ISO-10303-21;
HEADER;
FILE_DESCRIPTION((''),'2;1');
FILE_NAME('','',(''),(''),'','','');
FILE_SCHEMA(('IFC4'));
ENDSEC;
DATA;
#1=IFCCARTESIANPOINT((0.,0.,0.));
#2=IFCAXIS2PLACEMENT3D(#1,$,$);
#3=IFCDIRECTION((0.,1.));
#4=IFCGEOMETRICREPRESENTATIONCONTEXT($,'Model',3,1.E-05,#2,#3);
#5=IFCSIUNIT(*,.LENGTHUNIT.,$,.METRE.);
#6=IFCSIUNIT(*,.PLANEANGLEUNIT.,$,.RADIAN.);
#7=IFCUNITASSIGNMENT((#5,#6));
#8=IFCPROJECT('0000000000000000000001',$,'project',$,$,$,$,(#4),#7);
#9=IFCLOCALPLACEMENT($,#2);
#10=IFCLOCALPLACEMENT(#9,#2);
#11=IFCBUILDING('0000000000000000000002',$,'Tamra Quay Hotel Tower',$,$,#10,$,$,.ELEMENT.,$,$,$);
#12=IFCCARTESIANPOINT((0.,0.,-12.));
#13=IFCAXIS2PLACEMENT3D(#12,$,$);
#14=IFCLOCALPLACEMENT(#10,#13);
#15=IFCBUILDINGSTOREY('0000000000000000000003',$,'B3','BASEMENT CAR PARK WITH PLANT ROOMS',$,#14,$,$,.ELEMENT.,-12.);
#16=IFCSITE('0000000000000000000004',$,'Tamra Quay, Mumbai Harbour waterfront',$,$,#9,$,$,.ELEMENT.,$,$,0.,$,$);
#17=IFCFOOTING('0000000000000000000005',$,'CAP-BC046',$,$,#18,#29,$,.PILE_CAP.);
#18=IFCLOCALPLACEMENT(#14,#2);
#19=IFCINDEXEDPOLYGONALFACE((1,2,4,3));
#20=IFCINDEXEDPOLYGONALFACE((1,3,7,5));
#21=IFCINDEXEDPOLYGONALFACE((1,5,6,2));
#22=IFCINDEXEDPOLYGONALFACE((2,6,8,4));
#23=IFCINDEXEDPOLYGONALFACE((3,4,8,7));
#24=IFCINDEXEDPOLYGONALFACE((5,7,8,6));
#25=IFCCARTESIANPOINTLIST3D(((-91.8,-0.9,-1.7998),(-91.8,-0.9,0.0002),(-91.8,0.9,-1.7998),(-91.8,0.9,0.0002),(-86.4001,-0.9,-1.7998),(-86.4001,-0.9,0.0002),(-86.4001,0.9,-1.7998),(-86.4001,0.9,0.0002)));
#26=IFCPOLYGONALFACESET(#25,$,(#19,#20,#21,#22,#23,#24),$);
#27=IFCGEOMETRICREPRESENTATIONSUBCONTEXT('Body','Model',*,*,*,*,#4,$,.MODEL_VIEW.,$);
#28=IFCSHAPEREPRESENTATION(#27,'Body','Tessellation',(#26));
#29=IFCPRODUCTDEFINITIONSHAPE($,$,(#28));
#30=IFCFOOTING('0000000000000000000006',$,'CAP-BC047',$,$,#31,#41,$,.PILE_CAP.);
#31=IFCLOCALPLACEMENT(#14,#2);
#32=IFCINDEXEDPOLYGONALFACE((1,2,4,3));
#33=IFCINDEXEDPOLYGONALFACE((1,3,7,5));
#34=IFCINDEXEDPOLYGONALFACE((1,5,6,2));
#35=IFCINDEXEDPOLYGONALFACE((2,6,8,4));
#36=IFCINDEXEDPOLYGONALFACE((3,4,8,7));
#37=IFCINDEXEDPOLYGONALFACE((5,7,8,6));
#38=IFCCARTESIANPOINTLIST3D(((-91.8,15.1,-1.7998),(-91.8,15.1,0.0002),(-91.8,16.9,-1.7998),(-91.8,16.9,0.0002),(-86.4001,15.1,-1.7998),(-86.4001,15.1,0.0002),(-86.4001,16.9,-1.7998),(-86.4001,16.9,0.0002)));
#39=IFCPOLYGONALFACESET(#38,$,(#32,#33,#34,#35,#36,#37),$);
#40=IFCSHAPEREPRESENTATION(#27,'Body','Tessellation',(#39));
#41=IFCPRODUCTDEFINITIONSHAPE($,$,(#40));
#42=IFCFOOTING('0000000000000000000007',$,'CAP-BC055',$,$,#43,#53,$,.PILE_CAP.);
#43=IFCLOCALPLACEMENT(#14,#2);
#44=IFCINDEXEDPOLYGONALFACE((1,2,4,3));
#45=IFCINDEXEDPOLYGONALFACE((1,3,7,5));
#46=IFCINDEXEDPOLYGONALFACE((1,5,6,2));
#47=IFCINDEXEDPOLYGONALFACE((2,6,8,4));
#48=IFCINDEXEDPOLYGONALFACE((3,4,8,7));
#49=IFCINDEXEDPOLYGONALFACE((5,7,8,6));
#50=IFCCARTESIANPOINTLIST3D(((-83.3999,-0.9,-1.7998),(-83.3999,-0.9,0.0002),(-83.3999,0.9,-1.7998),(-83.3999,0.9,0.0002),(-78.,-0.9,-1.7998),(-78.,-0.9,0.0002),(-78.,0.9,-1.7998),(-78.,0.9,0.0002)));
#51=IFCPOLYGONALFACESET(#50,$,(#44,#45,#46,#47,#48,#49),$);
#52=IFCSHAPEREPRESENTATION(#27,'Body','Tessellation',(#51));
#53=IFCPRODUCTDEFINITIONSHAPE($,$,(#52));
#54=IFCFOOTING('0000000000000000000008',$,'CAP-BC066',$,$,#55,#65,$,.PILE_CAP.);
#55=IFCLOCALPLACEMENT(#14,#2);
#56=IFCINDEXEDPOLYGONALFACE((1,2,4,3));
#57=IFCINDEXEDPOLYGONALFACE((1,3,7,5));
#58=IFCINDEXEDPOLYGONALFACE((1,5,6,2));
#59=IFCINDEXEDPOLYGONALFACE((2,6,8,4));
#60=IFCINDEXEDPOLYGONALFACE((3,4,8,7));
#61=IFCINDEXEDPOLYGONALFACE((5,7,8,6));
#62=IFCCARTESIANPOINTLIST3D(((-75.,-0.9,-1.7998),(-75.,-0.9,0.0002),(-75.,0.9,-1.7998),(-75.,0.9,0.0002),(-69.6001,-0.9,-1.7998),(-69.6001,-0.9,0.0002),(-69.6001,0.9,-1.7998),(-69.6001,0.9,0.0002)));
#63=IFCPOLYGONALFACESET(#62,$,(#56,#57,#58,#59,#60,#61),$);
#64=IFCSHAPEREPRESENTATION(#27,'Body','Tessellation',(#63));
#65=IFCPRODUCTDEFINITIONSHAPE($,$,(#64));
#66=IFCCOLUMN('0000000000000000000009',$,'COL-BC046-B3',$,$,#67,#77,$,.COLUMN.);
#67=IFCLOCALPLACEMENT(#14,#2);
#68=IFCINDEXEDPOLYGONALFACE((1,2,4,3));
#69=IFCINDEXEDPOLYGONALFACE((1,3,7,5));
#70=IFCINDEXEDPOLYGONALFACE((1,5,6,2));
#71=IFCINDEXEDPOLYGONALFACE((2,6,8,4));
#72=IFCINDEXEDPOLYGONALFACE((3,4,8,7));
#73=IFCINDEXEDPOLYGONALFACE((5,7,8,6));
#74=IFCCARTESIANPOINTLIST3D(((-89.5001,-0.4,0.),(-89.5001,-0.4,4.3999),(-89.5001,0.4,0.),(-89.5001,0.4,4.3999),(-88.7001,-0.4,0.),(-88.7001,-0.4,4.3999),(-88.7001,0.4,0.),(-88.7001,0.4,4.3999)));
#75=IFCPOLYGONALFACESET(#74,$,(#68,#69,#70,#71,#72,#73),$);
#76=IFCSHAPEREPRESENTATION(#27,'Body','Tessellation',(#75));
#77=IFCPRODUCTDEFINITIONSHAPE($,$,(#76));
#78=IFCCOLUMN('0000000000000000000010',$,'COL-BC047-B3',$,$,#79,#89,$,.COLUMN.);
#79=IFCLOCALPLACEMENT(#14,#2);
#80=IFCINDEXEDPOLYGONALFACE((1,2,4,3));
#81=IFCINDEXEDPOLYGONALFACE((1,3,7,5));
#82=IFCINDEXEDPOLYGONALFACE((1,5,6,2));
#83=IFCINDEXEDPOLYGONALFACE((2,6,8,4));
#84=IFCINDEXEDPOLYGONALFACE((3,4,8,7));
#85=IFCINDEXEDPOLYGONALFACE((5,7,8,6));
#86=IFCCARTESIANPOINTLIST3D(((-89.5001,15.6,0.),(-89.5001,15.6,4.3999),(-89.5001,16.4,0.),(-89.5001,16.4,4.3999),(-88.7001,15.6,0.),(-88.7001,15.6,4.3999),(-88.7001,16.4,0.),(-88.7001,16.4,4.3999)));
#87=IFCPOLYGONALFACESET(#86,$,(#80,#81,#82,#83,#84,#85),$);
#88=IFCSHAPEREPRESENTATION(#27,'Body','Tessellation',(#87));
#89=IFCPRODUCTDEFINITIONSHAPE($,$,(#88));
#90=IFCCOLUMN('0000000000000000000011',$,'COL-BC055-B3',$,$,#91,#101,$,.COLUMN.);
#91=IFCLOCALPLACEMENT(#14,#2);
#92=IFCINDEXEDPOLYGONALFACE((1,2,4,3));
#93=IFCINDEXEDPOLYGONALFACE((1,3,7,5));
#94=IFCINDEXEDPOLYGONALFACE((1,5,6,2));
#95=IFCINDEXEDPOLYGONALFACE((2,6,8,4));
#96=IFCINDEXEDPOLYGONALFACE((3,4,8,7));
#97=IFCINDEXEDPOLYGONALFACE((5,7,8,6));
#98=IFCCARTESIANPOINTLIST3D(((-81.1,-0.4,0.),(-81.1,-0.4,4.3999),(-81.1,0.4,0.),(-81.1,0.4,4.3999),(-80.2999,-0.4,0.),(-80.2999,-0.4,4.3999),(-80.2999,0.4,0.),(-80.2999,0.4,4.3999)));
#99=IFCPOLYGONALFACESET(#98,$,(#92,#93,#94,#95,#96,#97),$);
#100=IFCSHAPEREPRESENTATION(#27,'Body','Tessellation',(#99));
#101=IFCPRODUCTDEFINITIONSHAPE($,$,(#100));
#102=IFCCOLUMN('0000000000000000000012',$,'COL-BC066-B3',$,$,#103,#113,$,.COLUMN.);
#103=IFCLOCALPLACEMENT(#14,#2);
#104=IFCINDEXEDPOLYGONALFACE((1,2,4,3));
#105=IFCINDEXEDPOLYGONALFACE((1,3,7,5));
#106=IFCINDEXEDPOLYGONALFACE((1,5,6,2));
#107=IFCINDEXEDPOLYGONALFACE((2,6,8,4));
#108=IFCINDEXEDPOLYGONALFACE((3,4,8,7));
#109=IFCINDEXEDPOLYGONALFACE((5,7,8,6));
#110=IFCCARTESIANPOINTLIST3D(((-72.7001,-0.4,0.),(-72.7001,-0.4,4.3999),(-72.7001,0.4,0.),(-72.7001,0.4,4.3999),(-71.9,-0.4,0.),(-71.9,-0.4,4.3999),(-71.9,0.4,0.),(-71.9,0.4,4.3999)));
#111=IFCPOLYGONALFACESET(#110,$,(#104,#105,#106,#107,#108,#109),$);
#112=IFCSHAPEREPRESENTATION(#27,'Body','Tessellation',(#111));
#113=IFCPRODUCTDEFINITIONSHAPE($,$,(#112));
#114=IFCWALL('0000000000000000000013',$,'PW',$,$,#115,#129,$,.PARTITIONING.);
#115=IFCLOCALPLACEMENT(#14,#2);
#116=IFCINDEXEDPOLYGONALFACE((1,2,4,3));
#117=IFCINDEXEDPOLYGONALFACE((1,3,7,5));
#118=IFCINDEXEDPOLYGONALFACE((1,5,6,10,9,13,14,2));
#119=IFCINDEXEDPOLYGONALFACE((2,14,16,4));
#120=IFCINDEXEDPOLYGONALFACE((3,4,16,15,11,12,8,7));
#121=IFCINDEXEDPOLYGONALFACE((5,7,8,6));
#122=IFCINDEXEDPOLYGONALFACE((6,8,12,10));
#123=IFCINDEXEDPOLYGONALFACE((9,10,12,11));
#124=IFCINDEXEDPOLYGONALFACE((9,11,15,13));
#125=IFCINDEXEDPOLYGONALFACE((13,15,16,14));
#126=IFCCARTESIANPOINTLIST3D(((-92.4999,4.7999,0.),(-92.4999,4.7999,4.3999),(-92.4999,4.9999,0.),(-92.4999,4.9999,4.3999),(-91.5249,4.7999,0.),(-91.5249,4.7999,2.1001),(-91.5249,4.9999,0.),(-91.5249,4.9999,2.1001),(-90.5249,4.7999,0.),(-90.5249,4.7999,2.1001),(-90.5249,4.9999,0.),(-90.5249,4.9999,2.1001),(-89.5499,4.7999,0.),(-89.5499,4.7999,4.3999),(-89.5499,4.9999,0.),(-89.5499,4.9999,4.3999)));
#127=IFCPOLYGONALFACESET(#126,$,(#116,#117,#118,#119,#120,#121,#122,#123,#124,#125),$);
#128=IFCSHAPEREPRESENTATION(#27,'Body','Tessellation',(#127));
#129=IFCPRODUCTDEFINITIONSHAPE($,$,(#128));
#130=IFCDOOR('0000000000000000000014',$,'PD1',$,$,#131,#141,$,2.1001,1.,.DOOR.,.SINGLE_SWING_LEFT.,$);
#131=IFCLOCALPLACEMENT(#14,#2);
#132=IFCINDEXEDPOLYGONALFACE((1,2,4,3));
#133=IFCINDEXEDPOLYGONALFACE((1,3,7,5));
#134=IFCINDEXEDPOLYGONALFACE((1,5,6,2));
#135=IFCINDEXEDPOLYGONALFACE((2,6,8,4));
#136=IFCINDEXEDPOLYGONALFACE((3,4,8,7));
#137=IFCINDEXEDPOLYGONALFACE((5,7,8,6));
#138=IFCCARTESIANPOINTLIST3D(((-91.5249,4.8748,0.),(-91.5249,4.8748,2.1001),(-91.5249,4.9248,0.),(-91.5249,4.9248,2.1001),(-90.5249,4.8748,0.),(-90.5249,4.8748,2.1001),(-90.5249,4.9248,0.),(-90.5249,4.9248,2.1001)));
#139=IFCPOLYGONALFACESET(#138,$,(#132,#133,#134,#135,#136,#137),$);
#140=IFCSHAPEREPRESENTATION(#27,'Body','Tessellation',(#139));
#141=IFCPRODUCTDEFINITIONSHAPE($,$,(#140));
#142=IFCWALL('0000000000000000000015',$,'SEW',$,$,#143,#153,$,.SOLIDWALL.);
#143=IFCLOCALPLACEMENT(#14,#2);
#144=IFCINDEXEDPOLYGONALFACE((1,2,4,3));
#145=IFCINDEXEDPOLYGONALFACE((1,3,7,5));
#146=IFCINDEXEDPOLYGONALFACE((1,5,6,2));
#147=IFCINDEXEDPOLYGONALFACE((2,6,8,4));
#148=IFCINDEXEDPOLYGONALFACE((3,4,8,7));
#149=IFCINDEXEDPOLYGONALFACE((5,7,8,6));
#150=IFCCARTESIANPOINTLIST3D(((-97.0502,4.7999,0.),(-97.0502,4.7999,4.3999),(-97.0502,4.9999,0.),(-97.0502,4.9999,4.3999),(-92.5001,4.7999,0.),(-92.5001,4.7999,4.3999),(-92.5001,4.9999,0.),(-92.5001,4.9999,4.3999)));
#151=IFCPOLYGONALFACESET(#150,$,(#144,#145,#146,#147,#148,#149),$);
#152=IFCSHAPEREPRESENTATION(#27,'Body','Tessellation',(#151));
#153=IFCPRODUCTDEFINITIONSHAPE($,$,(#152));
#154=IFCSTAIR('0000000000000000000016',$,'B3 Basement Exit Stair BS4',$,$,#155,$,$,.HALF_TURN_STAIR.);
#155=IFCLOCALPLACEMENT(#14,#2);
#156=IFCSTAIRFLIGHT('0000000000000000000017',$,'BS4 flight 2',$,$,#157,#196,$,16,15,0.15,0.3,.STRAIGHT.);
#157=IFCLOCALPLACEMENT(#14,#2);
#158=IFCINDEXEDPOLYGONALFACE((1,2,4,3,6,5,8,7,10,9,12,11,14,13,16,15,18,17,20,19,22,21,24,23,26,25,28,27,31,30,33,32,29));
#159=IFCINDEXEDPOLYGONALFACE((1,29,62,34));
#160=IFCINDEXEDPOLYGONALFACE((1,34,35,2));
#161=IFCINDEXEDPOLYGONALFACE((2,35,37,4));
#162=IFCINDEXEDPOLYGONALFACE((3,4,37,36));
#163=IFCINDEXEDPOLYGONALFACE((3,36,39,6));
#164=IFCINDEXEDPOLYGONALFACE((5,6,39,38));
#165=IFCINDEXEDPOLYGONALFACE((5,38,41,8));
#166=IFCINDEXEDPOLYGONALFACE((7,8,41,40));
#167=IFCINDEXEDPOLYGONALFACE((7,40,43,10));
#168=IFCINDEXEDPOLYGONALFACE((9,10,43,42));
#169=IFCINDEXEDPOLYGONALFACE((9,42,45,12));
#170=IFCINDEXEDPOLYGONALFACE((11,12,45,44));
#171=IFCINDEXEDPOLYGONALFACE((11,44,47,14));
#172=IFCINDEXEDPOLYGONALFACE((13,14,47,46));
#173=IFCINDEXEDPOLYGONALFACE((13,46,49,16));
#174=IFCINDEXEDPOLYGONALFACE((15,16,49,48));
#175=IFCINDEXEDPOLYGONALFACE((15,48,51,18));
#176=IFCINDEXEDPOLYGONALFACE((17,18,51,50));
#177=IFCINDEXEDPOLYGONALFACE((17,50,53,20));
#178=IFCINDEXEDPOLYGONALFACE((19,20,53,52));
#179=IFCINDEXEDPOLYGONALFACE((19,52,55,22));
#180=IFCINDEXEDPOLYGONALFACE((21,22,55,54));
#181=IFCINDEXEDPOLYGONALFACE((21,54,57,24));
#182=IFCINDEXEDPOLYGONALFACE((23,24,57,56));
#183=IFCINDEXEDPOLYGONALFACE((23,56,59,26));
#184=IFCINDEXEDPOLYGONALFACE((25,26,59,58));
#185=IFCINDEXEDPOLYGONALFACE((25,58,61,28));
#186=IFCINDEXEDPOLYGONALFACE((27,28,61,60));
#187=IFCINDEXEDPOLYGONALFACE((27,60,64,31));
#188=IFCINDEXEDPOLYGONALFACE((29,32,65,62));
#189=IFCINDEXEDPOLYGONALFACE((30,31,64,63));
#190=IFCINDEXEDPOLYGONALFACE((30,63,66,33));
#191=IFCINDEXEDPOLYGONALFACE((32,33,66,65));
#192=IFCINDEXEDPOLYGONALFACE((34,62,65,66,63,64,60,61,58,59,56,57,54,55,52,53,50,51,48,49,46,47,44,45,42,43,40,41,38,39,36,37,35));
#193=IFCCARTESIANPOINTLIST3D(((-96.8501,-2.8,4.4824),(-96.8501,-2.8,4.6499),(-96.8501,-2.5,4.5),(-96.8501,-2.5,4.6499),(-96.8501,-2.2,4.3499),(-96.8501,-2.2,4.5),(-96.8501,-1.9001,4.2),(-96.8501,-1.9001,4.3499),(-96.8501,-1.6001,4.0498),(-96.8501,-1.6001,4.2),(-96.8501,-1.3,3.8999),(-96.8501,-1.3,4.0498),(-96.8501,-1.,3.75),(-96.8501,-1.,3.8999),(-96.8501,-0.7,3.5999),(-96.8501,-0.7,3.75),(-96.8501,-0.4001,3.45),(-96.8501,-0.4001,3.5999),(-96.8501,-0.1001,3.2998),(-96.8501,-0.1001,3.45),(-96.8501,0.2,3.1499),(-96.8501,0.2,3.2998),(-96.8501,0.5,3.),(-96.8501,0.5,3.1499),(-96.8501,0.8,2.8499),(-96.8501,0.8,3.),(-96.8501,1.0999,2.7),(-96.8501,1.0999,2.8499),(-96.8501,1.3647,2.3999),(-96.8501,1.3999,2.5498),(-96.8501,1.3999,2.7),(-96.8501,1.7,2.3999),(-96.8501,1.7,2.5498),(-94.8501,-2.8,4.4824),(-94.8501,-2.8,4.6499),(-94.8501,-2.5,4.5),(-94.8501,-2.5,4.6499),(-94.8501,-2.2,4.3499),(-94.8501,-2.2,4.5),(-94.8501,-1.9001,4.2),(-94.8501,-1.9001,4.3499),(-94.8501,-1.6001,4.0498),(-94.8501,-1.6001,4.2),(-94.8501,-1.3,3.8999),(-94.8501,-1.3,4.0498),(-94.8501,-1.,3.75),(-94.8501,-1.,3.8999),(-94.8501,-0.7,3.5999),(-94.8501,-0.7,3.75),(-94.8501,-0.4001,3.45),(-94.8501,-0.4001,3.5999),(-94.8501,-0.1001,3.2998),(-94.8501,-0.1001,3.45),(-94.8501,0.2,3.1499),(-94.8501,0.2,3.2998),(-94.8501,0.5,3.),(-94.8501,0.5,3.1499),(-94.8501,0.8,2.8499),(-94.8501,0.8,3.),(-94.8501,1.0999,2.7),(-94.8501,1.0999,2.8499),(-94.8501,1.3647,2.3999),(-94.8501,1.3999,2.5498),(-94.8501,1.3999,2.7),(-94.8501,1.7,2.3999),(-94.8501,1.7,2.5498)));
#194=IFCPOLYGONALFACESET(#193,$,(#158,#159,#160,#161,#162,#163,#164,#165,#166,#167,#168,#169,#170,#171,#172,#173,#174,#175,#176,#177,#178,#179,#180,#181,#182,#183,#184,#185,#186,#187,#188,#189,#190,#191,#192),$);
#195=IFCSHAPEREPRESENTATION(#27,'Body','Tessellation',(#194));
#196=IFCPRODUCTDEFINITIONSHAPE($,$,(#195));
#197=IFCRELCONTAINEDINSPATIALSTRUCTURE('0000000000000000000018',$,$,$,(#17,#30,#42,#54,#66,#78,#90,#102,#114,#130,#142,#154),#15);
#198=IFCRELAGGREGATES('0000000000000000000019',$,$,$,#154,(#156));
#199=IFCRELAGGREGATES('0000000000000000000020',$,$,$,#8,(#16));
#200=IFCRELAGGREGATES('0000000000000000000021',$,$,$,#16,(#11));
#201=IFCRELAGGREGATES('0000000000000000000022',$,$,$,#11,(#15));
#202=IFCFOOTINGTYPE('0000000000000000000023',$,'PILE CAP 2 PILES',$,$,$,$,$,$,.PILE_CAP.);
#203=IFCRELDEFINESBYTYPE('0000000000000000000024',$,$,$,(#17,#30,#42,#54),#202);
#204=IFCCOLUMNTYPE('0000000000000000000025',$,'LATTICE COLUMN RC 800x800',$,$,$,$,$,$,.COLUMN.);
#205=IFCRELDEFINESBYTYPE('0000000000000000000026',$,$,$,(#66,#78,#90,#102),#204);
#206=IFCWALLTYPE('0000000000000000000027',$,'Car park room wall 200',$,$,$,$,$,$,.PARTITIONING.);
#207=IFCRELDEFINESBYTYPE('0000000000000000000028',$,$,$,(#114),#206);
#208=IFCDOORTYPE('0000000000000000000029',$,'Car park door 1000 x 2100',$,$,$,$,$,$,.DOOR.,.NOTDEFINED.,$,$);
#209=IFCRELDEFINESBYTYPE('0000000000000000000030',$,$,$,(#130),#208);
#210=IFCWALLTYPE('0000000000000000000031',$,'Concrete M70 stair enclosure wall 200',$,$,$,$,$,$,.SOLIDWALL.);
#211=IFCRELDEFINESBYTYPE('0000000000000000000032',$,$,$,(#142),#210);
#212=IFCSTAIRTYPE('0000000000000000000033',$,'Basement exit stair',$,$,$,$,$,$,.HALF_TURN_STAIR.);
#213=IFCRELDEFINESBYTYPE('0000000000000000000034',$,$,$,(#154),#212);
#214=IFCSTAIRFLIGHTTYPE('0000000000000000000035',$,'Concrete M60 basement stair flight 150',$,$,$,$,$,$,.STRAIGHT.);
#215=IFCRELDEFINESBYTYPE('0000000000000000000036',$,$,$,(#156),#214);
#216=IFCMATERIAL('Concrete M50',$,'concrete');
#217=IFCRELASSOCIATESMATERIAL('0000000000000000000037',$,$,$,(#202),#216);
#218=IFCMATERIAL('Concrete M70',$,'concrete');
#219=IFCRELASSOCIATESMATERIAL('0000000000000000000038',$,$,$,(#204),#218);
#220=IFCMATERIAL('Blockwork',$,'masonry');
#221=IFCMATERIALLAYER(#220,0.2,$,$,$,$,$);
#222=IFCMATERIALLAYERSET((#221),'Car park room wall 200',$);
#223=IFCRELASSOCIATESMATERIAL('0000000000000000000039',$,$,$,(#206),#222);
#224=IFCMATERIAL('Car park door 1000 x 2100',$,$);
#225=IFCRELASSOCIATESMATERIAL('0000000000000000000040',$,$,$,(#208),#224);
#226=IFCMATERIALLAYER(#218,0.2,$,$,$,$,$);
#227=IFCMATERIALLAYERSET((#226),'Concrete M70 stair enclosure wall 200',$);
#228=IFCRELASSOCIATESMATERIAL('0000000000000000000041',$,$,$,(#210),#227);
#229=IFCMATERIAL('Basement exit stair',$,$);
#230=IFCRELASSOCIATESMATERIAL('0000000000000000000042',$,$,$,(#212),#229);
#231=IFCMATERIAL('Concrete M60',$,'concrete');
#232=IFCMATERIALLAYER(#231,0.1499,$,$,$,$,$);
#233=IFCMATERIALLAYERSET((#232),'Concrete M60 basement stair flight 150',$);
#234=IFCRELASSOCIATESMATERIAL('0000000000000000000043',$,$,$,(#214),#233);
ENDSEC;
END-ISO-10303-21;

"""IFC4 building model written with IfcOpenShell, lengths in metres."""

from ifc_helpers import new_model, si_unit, direction, frame, frame_2d, origin, origin_2d, place, context, subcontext, project, spatial, polyline, rectangle, outline, extrude, material, layer, layer_set, material_profile, profile_set, type_object, element, fill, aggregate, save


model = new_model("IFC4")

# Units and contexts
model_context = context("Model", 3, precision=1e-05, world=origin(), true_north=direction((0.0, 1.0)))
body_context = subcontext(model_context, "Body", "Model", "MODEL_VIEW")
ifc_project = project(units=[si_unit("LENGTHUNIT", "METRE"), si_unit("PLANEANGLEUNIT", "RADIAN")], contexts=[model_context])

# Site, building, storey
site_placement = place(None, origin())
site = spatial("IfcSite", under=ifc_project, at=site_placement, Name="Tamra Quay, Mumbai Harbour waterfront", CompositionType="ELEMENT", RefElevation=0.0)
building_placement = place(site_placement, origin())
building = spatial("IfcBuilding", under=site, at=building_placement, Name="Tamra Quay Hotel Tower", CompositionType="ELEMENT")
storey_placement = place(building_placement, frame((0.0, 0.0, -12.0)))
storey = spatial("IfcBuildingStorey", under=building, at=storey_placement, Name="B3", Description="BASEMENT CAR PARK WITH PLANT ROOMS", CompositionType="ELEMENT", Elevation=-12.0)

# Footings
ifc_material_1 = material(Name="Concrete M50", Category="concrete")
footing_type = type_object("IfcFootingType", Name="PILE CAP 2 PILES", PredefinedType="PILE_CAP", material=ifc_material_1)
for number, where, z_axis, x_axis, name in (
    (1, (-89.1001, 0.0, -1.7998), (0.0, 0.0, 1.0), (1.0, 0.0, 0.0), "CAP-BC046"),
    (2, (-89.1001, 16.0, -1.7998), (0.0, 0.0, 1.0), (1.0, 0.0, 0.0), "CAP-BC047"),
    (3, (-80.7, 0.0, -1.7998), (0.0, 0.0, 1.0), (1.0, 0.0, 0.0), "CAP-BC055"),
    (4, (-72.3, 0.0, -1.7998), (0.0, 0.0, 1.0), (1.0, 0.0, 0.0), "CAP-BC066"),
):
    element("IfcFooting", number, at=place(storey_placement, frame(where, z_axis=z_axis, x_axis=x_axis)), inside=storey, type_object=footing_type, Name=name, PredefinedType="PILE_CAP", context=body_context, shape_type="SweptSolid", body=[
        extrude(rectangle(XDim=5.3999, YDim=1.8, at=origin_2d()), origin(), (0.0, 0.0, 1.0), 1.8),
    ])

# Columns
ifc_material_2 = material(Name="Concrete M70", Category="concrete")
ifc_material_profile_1 = material_profile(ifc_material_2, rectangle(XDim=0.8, YDim=0.8, at=origin_2d()), Name="LATTICE COLUMN RC 800x800")
ifc_profile_set_1 = profile_set([ifc_material_profile_1], Name="Concrete M70")
column_type = type_object("IfcColumnType", Name="LATTICE COLUMN RC 800x800", PredefinedType="COLUMN", material=ifc_profile_set_1)
for number, where, z_axis, x_axis, name in (
    (5, (-89.1001, 0.0, 0.0), (0.0, 0.0, 1.0), (1.0, 0.0, 0.0), "COL-BC046-B3"),
    (6, (-89.1001, 16.0, 0.0), (0.0, 0.0, 1.0), (1.0, 0.0, 0.0), "COL-BC047-B3"),
    (7, (-80.7, 0.0, 0.0), (0.0, 0.0, 1.0), (1.0, 0.0, 0.0), "COL-BC055-B3"),
    (8, (-72.3, 0.0, 0.0), (0.0, 0.0, 1.0), (1.0, 0.0, 0.0), "COL-BC066-B3"),
):
    element("IfcColumn", number, at=place(storey_placement, frame(where, z_axis=z_axis, x_axis=x_axis)), inside=storey, type_object=column_type, Name=name, PredefinedType="COLUMN", context=body_context, shape_type="SweptSolid", body=[
        extrude(rectangle(XDim=0.8, YDim=0.8, at=origin_2d()), origin(), (0.0, 0.0, 1.0), 4.3999),
    ])

# Wall, opening, door
ifc_material_3 = material(Name="Blockwork", Category="masonry")
ifc_layer_1 = layer(ifc_material_3, 0.2)
ifc_layer_set_1 = layer_set([ifc_layer_1], Name="Car park room wall 200")
wall_type_1 = type_object("IfcWallType", Name="Car park room wall 200", PredefinedType="PARTITIONING", material=ifc_layer_set_1)
wall_1_placement = place(storey_placement, frame((-92.5, 4.8999, 0.0), z_axis=(0.0, 0.0, 1.0), x_axis=(1.0, 0.0, 0.0)))
wall_1 = element("IfcWall", 9, at=wall_1_placement, inside=storey, type_object=wall_type_1, Name="PW", PredefinedType="PARTITIONING", context=body_context, shape_type="SweptSolid", body=[
    extrude(rectangle(XDim=2.95, YDim=0.2, at=frame_2d((1.4751, 0.0))), origin(), (0.0, 0.0, 1.0), 4.3999),
])
opening_placement = place(wall_1_placement, frame((0.9751, 0.0, 0.0)))
opening = element("IfcOpeningElement", 10, at=opening_placement, cuts=wall_1, PredefinedType="OPENING", context=body_context, shape_type="SweptSolid", body=[
    extrude(rectangle(XDim=1.0, YDim=2.1001, at=frame_2d((0.5, 1.05))), frame((0.0, 0.1099, 0.0), z_axis=(0.0, -1.0, 0.0), x_axis=(1.0, 0.0, 0.0)), (0.0, 0.0, 1.0), 0.22),
])
ifc_material_4 = material(Name="Car park door 1000 x 2100")
door_type = type_object("IfcDoorType", Name="Car park door 1000 x 2100", OperationType="NOTDEFINED", PredefinedType="DOOR", material=ifc_material_4)
door_placement = place(opening_placement, origin())
door = element("IfcDoor", 11, at=door_placement, inside=storey, type_object=door_type, Name="PD1", OperationType="SINGLE_SWING_LEFT", OverallHeight=2.1001, OverallWidth=1.0, PredefinedType="DOOR", context=body_context, shape_type="SweptSolid", body=[
    extrude(rectangle(XDim=1.0, YDim=2.1001, at=frame_2d((0.5, 1.05))), frame((0.0, 0.0249, 0.0), z_axis=(0.0, -1.0, 0.0), x_axis=(1.0, 0.0, 0.0)), (0.0, 0.0, 1.0), 0.05),
])
fill(opening, door)

# Wall
ifc_layer_2 = layer(ifc_material_2, 0.2)
ifc_layer_set_2 = layer_set([ifc_layer_2], Name="Concrete M70 stair enclosure wall 200")
wall_type_2 = type_object("IfcWallType", Name="Concrete M70 stair enclosure wall 200", PredefinedType="SOLIDWALL", material=ifc_layer_set_2)
wall_2_placement = place(storey_placement, frame((-97.05, 4.8999, 0.0), z_axis=(0.0, 0.0, 1.0), x_axis=(1.0, 0.0, 0.0)))
element("IfcWall", 12, at=wall_2_placement, inside=storey, type_object=wall_type_2, Name="SEW", PredefinedType="SOLIDWALL", context=body_context, shape_type="SweptSolid", body=[
    extrude(rectangle(XDim=4.55, YDim=0.2, at=frame_2d((2.2749, 0.0))), origin(), (0.0, 0.0, 1.0), 4.3999),
])

# Stair, stair flight
ifc_material_5 = material(Name="Basement exit stair")
stair_type = type_object("IfcStairType", Name="Basement exit stair", PredefinedType="HALF_TURN_STAIR", material=ifc_material_5)
stair_placement = place(storey_placement, origin())
stair = element("IfcStair", 13, at=stair_placement, inside=storey, type_object=stair_type, Name="B3 Basement Exit Stair BS4", PredefinedType="HALF_TURN_STAIR")
ifc_material_6 = material(Name="Concrete M60", Category="concrete")
ifc_layer_3 = layer(ifc_material_6, 0.1499)
ifc_layer_set_3 = layer_set([ifc_layer_3], Name="Concrete M60 basement stair flight 150")
stair_flight_type = type_object("IfcStairFlightType", Name="Concrete M60 basement stair flight 150", PredefinedType="STRAIGHT", material=ifc_layer_set_3)
stair_flight_placement = place(storey_placement, frame((-95.8501, 1.7, 2.3999), z_axis=(0.0, 0.0, 1.0), x_axis=(0.0, -1.0, 0.0)))
stair_flight = element("IfcStairFlight", 14, at=stair_flight_placement, type_object=stair_flight_type, Name="BS4 flight 2", NumberOfRisers=16, NumberOfTreads=15, PredefinedType="STRAIGHT", RiserHeight=0.15, TreadLength=0.3, context=body_context, shape_type="SweptSolid", body=[
    extrude(outline(polyline([(0.0, 0.0), (0.0, 0.1499), (0.3, 0.1499), (0.3, 0.3), (0.6001, 0.3), (0.6001, 0.45), (0.8999, 0.45), (0.8999, 0.6001), (1.2, 0.6001), (1.2, 0.75), (1.5, 0.75), (1.5, 0.8999), (1.8, 0.8999), (1.8, 1.05), (2.1001, 1.05), (2.1001, 1.2), (2.3999, 1.2), (2.3999, 1.3501), (2.7, 1.3501), (2.7, 1.5), (3.0, 1.5), (3.0, 1.6499), (3.3, 1.6499), (3.3, 1.8), (3.6001, 1.8), (3.6001, 1.95), (3.8999, 1.95), (3.8999, 2.1001), (4.2, 2.1001), (4.2, 2.25), (4.5, 2.25), (4.5, 2.3999), (4.5, 2.0825), (0.3352, 0.0), (0.0, 0.0)])), frame((0.0, 1.0, 0.0), z_axis=(0.0, -1.0, 0.0), x_axis=(1.0, 0.0, 0.0)), (0.0, 0.0, 1.0), 2.0),
])
aggregate(stair, [stair_flight])

save(model, "model.ifc")
